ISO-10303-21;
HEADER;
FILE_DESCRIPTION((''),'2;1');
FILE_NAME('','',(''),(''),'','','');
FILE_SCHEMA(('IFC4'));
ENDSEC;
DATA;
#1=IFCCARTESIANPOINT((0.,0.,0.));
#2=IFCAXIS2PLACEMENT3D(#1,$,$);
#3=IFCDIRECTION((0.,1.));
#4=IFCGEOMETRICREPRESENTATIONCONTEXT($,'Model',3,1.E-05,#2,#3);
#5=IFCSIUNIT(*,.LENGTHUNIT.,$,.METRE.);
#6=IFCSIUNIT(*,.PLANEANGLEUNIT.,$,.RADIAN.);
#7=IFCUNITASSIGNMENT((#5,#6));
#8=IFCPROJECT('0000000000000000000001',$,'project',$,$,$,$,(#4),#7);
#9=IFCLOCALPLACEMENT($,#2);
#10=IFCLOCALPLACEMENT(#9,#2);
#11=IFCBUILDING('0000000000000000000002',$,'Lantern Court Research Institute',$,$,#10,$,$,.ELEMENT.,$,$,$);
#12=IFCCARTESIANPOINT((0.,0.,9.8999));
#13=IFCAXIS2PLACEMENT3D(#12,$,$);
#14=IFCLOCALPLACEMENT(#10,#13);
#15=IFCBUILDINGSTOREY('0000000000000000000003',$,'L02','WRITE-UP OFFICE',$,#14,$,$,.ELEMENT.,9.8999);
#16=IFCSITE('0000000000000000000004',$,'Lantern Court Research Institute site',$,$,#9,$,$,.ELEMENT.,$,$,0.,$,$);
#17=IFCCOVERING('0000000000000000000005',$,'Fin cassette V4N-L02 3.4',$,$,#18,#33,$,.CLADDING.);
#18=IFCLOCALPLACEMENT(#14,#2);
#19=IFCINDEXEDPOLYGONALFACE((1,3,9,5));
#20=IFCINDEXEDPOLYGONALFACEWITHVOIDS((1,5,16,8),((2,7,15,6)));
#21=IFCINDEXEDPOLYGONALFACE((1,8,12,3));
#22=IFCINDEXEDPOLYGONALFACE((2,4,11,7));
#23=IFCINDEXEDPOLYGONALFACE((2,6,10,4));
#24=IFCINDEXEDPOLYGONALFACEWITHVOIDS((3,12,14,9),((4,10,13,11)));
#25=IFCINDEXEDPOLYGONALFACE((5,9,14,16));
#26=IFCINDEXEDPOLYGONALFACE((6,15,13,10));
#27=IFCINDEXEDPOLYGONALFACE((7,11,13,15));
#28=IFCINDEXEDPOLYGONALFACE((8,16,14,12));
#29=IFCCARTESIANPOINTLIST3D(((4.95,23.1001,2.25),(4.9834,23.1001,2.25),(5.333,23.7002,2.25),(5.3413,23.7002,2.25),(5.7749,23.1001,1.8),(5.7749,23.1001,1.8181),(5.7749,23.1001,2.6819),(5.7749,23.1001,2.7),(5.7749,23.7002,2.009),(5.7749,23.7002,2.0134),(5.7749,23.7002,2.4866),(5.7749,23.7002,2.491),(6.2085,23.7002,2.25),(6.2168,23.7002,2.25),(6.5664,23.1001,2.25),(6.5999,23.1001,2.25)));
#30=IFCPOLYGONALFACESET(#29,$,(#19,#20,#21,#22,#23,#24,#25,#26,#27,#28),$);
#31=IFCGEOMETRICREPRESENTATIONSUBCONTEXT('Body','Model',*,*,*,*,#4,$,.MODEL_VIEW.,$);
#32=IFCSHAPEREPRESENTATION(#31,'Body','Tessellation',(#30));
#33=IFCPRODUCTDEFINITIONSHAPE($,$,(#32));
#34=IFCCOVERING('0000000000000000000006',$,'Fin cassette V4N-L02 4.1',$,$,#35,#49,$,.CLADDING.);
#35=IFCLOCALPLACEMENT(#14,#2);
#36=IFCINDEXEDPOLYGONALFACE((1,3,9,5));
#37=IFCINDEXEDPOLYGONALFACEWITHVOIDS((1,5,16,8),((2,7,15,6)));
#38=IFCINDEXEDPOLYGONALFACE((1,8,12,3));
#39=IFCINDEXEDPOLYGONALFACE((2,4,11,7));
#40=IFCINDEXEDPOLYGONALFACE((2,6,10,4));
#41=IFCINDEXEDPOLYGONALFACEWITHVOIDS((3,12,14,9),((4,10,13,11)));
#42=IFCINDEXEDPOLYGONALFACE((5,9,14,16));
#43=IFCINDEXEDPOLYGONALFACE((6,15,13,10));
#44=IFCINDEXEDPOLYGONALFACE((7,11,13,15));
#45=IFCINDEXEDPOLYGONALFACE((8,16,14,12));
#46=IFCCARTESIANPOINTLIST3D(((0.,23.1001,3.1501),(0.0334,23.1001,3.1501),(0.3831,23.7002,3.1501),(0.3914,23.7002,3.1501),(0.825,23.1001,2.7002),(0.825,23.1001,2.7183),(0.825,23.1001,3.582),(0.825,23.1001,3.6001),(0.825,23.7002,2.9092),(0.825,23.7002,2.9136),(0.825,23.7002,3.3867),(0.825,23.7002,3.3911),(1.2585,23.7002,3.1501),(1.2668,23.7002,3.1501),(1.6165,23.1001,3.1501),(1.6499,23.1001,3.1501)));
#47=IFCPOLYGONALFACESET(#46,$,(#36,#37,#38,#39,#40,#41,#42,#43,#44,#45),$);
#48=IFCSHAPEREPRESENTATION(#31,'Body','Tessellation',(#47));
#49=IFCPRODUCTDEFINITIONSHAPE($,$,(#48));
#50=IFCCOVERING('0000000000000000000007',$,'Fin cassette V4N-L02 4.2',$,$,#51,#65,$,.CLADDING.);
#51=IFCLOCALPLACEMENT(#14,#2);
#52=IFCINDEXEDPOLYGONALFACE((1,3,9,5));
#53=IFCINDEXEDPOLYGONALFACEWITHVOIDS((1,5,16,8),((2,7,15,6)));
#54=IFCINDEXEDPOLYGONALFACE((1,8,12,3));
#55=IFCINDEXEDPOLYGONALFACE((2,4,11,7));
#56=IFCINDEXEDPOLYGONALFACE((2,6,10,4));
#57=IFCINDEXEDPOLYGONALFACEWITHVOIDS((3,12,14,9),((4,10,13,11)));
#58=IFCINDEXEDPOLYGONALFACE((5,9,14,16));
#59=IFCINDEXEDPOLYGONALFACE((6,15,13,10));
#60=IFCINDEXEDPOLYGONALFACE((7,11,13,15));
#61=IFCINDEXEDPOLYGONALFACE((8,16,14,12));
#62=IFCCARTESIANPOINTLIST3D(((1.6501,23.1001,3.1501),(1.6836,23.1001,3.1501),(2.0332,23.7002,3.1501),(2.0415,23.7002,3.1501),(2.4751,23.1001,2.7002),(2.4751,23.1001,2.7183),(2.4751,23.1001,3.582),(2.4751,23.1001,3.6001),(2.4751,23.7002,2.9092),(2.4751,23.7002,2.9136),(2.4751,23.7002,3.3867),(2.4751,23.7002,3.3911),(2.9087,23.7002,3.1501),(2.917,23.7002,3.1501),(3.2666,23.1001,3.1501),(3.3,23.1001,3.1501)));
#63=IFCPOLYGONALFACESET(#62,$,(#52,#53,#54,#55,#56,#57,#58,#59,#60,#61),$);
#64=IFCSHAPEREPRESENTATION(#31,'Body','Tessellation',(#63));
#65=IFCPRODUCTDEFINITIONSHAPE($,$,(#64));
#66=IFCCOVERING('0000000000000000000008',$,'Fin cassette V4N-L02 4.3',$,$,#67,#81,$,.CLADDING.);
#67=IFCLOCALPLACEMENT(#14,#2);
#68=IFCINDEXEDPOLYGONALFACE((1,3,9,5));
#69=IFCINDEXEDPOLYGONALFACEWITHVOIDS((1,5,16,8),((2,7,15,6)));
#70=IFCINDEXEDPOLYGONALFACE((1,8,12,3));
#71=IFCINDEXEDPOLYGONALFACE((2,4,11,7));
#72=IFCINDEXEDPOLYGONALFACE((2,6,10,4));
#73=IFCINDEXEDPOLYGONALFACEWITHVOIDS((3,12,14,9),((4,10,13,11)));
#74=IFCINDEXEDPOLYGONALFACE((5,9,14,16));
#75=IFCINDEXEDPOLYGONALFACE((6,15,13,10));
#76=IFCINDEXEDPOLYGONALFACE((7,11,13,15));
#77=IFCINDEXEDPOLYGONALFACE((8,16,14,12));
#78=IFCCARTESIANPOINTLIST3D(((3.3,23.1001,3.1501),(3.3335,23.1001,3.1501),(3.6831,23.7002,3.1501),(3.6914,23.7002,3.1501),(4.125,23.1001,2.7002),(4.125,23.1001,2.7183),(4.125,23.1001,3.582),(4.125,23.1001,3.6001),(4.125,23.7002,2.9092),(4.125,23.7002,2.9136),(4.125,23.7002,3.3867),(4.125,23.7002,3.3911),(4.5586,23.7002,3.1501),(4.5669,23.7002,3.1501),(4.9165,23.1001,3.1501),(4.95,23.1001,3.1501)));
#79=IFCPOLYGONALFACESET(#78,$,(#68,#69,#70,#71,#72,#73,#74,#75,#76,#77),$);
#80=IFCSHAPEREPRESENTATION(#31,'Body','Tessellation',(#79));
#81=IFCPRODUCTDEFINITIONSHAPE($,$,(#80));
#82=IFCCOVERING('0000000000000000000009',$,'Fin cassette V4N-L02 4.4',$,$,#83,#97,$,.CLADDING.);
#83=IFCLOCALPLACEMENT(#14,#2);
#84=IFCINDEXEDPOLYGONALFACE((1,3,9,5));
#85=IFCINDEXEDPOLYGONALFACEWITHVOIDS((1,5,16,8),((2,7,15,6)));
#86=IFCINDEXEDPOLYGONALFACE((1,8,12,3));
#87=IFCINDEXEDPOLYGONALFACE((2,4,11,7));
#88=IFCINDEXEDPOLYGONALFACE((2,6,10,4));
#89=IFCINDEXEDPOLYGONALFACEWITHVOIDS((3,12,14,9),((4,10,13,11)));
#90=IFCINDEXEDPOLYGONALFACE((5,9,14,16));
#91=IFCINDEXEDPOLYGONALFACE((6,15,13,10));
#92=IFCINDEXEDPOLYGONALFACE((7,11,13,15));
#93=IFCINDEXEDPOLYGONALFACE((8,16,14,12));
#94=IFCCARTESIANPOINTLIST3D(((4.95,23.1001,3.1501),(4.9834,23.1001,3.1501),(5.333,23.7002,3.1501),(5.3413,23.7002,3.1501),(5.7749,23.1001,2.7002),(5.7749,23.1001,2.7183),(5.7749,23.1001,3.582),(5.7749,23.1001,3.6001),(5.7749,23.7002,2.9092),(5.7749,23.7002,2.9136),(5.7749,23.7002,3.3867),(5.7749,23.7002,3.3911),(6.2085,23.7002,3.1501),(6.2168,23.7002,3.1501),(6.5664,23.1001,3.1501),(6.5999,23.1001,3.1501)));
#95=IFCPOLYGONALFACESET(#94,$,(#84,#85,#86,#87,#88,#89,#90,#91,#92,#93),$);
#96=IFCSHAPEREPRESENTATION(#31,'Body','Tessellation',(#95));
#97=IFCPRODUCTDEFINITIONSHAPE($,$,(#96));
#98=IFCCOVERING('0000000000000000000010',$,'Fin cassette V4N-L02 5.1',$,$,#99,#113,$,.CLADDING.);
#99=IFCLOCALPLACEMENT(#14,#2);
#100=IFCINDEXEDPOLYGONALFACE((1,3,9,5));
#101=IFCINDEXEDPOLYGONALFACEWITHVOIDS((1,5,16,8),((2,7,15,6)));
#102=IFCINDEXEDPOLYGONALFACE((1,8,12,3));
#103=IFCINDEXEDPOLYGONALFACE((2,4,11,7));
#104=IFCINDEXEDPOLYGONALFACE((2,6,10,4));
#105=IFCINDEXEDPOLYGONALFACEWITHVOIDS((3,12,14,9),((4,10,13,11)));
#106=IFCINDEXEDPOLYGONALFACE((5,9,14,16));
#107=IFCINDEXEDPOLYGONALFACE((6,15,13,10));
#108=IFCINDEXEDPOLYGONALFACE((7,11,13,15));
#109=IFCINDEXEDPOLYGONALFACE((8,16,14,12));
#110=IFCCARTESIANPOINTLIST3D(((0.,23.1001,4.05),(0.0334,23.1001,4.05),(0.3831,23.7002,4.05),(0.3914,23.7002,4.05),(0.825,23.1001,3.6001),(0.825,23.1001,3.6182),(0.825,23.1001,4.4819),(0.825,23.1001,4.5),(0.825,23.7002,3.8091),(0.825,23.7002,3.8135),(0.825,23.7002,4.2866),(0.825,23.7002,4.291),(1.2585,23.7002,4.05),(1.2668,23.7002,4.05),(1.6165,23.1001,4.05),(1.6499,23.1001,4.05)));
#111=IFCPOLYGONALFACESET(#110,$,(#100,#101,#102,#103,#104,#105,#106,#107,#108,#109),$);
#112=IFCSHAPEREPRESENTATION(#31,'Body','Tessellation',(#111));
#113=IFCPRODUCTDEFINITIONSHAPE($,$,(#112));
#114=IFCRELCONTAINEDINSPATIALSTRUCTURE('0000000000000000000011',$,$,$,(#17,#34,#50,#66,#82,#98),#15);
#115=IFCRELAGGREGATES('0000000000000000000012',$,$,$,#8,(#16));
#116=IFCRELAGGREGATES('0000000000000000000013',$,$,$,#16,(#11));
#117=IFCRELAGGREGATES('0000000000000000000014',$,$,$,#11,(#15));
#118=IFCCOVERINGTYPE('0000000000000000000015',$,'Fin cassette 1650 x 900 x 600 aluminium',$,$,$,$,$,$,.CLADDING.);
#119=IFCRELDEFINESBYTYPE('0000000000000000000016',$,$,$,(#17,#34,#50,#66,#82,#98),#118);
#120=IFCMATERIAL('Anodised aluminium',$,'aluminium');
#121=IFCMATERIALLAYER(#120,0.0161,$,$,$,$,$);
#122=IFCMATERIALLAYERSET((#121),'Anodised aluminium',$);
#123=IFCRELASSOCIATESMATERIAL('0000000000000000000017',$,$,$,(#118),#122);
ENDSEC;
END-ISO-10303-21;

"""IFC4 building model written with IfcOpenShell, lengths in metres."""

from ifc_helpers import new_model, entity, si_unit, direction, frame, origin, place, context, subcontext, project, spatial, material, layer, layer_set, type_object, element, save


model = new_model("IFC4")

# Units and contexts
model_context = context("Model", 3, precision=1e-05, world=origin(), true_north=direction((0.0, 1.0)))
body_context = subcontext(model_context, "Body", "Model", "MODEL_VIEW")
ifc_project = project(units=[si_unit("LENGTHUNIT", "METRE"), si_unit("PLANEANGLEUNIT", "RADIAN")], contexts=[model_context])

# Site, building, storey
site_placement = place(None, origin())
site = spatial("IfcSite", under=ifc_project, at=site_placement, Name="Lantern Court Research Institute site", CompositionType="ELEMENT", RefElevation=0.0)
building_placement = place(site_placement, origin())
building = spatial("IfcBuilding", under=site, at=building_placement, Name="Lantern Court Research Institute", CompositionType="ELEMENT")
storey_placement = place(building_placement, frame((0.0, 0.0, 9.8999)))
storey = spatial("IfcBuildingStorey", under=building, at=storey_placement, Name="L02", Description="WRITE-UP OFFICE", CompositionType="ELEMENT", Elevation=9.8999)

# Coverings
ifc_material_1 = material(Name="Anodised aluminium", Category="aluminium")
ifc_layer_1 = layer(ifc_material_1, 0.0161)
ifc_layer_set_1 = layer_set([ifc_layer_1], Name="Anodised aluminium")
covering_type = type_object("IfcCoveringType", Name="Fin cassette 1650 x 900 x 600 aluminium", PredefinedType="CLADDING", material=ifc_layer_set_1)
covering_1_placement = place(storey_placement, frame((5.7749, 23.1001, 2.25), z_axis=(0.0, 1.0, 0.0), x_axis=(-1.0, 0.0, 0.0)))
cartesian_point_1 = entity("IfcCartesianPoint", [0.825, 0.0])
cartesian_point_2 = entity("IfcCartesianPoint", [0.7915, 0.0])
cartesian_point_3 = entity("IfcCartesianPoint", [0.4419, 0.0])
cartesian_point_4 = entity("IfcCartesianPoint", [0.4336, 0.0])
element("IfcCovering", 1, at=covering_1_placement, inside=storey, type_object=covering_type, Name="Fin cassette V4N-L02 3.4", PredefinedType="CLADDING", context=body_context, shape_type="SweptSolid", body=[
    entity("IfcExtrudedAreaSolidTapered", entity("IfcArbitraryProfileDefWithVoids", "AREA", None, entity("IfcPolyline", [cartesian_point_1, entity("IfcCartesianPoint", [0.0, 0.45]), entity("IfcCartesianPoint", [-0.825, 0.0]), entity("IfcCartesianPoint", [0.0, -0.45]), cartesian_point_1]), [entity("IfcPolyline", [cartesian_point_2, entity("IfcCartesianPoint", [0.0, 0.4319]), entity("IfcCartesianPoint", [-0.7915, 0.0]), entity("IfcCartesianPoint", [0.0, -0.4319]), cartesian_point_2])]), entity("IfcAxis2Placement3D", entity("IfcCartesianPoint", [0.0, 0.0, 0.0])), entity("IfcDirection", [0.0, 0.0, 1.0]), 0.6001, entity("IfcArbitraryProfileDefWithVoids", "AREA", None, entity("IfcPolyline", [cartesian_point_3, entity("IfcCartesianPoint", [0.0, 0.241]), entity("IfcCartesianPoint", [-0.4419, 0.0]), entity("IfcCartesianPoint", [0.0, -0.241]), cartesian_point_3]), [entity("IfcPolyline", [cartesian_point_4, entity("IfcCartesianPoint", [0.0, 0.2366]), entity("IfcCartesianPoint", [-0.4336, 0.0]), entity("IfcCartesianPoint", [0.0, -0.2366]), cartesian_point_4])])),
])
covering_2_placement = place(storey_placement, frame((0.825, 23.1001, 3.1501), z_axis=(0.0, 1.0, 0.0), x_axis=(-1.0, 0.0, 0.0)))
cartesian_point_5 = entity("IfcCartesianPoint", [0.825, 0.0])
cartesian_point_6 = entity("IfcCartesianPoint", [0.7915, 0.0])
cartesian_point_7 = entity("IfcCartesianPoint", [0.4419, 0.0])
cartesian_point_8 = entity("IfcCartesianPoint", [0.4336, 0.0])
element("IfcCovering", 2, at=covering_2_placement, inside=storey, type_object=covering_type, Name="Fin cassette V4N-L02 4.1", PredefinedType="CLADDING", context=body_context, shape_type="SweptSolid", body=[
    entity("IfcExtrudedAreaSolidTapered", entity("IfcArbitraryProfileDefWithVoids", "AREA", None, entity("IfcPolyline", [cartesian_point_5, entity("IfcCartesianPoint", [0.0, 0.45]), entity("IfcCartesianPoint", [-0.825, 0.0]), entity("IfcCartesianPoint", [0.0, -0.45]), cartesian_point_5]), [entity("IfcPolyline", [cartesian_point_6, entity("IfcCartesianPoint", [0.0, 0.4319]), entity("IfcCartesianPoint", [-0.7915, 0.0]), entity("IfcCartesianPoint", [0.0, -0.4319]), cartesian_point_6])]), entity("IfcAxis2Placement3D", entity("IfcCartesianPoint", [0.0, 0.0, 0.0])), entity("IfcDirection", [0.0, 0.0, 1.0]), 0.6001, entity("IfcArbitraryProfileDefWithVoids", "AREA", None, entity("IfcPolyline", [cartesian_point_7, entity("IfcCartesianPoint", [0.0, 0.241]), entity("IfcCartesianPoint", [-0.4419, 0.0]), entity("IfcCartesianPoint", [0.0, -0.241]), cartesian_point_7]), [entity("IfcPolyline", [cartesian_point_8, entity("IfcCartesianPoint", [0.0, 0.2366]), entity("IfcCartesianPoint", [-0.4336, 0.0]), entity("IfcCartesianPoint", [0.0, -0.2366]), cartesian_point_8])])),
])
covering_3_placement = place(storey_placement, frame((2.4751, 23.1001, 3.1501), z_axis=(0.0, 1.0, 0.0), x_axis=(-1.0, 0.0, 0.0)))
cartesian_point_9 = entity("IfcCartesianPoint", [0.825, 0.0])
cartesian_point_10 = entity("IfcCartesianPoint", [0.7915, 0.0])
cartesian_point_11 = entity("IfcCartesianPoint", [0.4419, 0.0])
cartesian_point_12 = entity("IfcCartesianPoint", [0.4336, 0.0])
element("IfcCovering", 3, at=covering_3_placement, inside=storey, type_object=covering_type, Name="Fin cassette V4N-L02 4.2", PredefinedType="CLADDING", context=body_context, shape_type="SweptSolid", body=[
    entity("IfcExtrudedAreaSolidTapered", entity("IfcArbitraryProfileDefWithVoids", "AREA", None, entity("IfcPolyline", [cartesian_point_9, entity("IfcCartesianPoint", [0.0, 0.45]), entity("IfcCartesianPoint", [-0.825, 0.0]), entity("IfcCartesianPoint", [0.0, -0.45]), cartesian_point_9]), [entity("IfcPolyline", [cartesian_point_10, entity("IfcCartesianPoint", [0.0, 0.4319]), entity("IfcCartesianPoint", [-0.7915, 0.0]), entity("IfcCartesianPoint", [0.0, -0.4319]), cartesian_point_10])]), entity("IfcAxis2Placement3D", entity("IfcCartesianPoint", [0.0, 0.0, 0.0])), entity("IfcDirection", [0.0, 0.0, 1.0]), 0.6001, entity("IfcArbitraryProfileDefWithVoids", "AREA", None, entity("IfcPolyline", [cartesian_point_11, entity("IfcCartesianPoint", [0.0, 0.241]), entity("IfcCartesianPoint", [-0.4419, 0.0]), entity("IfcCartesianPoint", [0.0, -0.241]), cartesian_point_11]), [entity("IfcPolyline", [cartesian_point_12, entity("IfcCartesianPoint", [0.0, 0.2366]), entity("IfcCartesianPoint", [-0.4336, 0.0]), entity("IfcCartesianPoint", [0.0, -0.2366]), cartesian_point_12])])),
])
covering_4_placement = place(storey_placement, frame((4.125, 23.1001, 3.1501), z_axis=(0.0, 1.0, 0.0), x_axis=(-1.0, 0.0, 0.0)))
cartesian_point_13 = entity("IfcCartesianPoint", [0.825, 0.0])
cartesian_point_14 = entity("IfcCartesianPoint", [0.7915, 0.0])
cartesian_point_15 = entity("IfcCartesianPoint", [0.4419, 0.0])
cartesian_point_16 = entity("IfcCartesianPoint", [0.4336, 0.0])
element("IfcCovering", 4, at=covering_4_placement, inside=storey, type_object=covering_type, Name="Fin cassette V4N-L02 4.3", PredefinedType="CLADDING", context=body_context, shape_type="SweptSolid", body=[
    entity("IfcExtrudedAreaSolidTapered", entity("IfcArbitraryProfileDefWithVoids", "AREA", None, entity("IfcPolyline", [cartesian_point_13, entity("IfcCartesianPoint", [0.0, 0.45]), entity("IfcCartesianPoint", [-0.825, 0.0]), entity("IfcCartesianPoint", [0.0, -0.45]), cartesian_point_13]), [entity("IfcPolyline", [cartesian_point_14, entity("IfcCartesianPoint", [0.0, 0.4319]), entity("IfcCartesianPoint", [-0.7915, 0.0]), entity("IfcCartesianPoint", [0.0, -0.4319]), cartesian_point_14])]), entity("IfcAxis2Placement3D", entity("IfcCartesianPoint", [0.0, 0.0, 0.0])), entity("IfcDirection", [0.0, 0.0, 1.0]), 0.6001, entity("IfcArbitraryProfileDefWithVoids", "AREA", None, entity("IfcPolyline", [cartesian_point_15, entity("IfcCartesianPoint", [0.0, 0.241]), entity("IfcCartesianPoint", [-0.4419, 0.0]), entity("IfcCartesianPoint", [0.0, -0.241]), cartesian_point_15]), [entity("IfcPolyline", [cartesian_point_16, entity("IfcCartesianPoint", [0.0, 0.2366]), entity("IfcCartesianPoint", [-0.4336, 0.0]), entity("IfcCartesianPoint", [0.0, -0.2366]), cartesian_point_16])])),
])
covering_5_placement = place(storey_placement, frame((5.7749, 23.1001, 3.1501), z_axis=(0.0, 1.0, 0.0), x_axis=(-1.0, 0.0, 0.0)))
cartesian_point_17 = entity("IfcCartesianPoint", [0.825, 0.0])
cartesian_point_18 = entity("IfcCartesianPoint", [0.7915, 0.0])
cartesian_point_19 = entity("IfcCartesianPoint", [0.4419, 0.0])
cartesian_point_20 = entity("IfcCartesianPoint", [0.4336, 0.0])
element("IfcCovering", 5, at=covering_5_placement, inside=storey, type_object=covering_type, Name="Fin cassette V4N-L02 4.4", PredefinedType="CLADDING", context=body_context, shape_type="SweptSolid", body=[
    entity("IfcExtrudedAreaSolidTapered", entity("IfcArbitraryProfileDefWithVoids", "AREA", None, entity("IfcPolyline", [cartesian_point_17, entity("IfcCartesianPoint", [0.0, 0.45]), entity("IfcCartesianPoint", [-0.825, 0.0]), entity("IfcCartesianPoint", [0.0, -0.45]), cartesian_point_17]), [entity("IfcPolyline", [cartesian_point_18, entity("IfcCartesianPoint", [0.0, 0.4319]), entity("IfcCartesianPoint", [-0.7915, 0.0]), entity("IfcCartesianPoint", [0.0, -0.4319]), cartesian_point_18])]), entity("IfcAxis2Placement3D", entity("IfcCartesianPoint", [0.0, 0.0, 0.0])), entity("IfcDirection", [0.0, 0.0, 1.0]), 0.6001, entity("IfcArbitraryProfileDefWithVoids", "AREA", None, entity("IfcPolyline", [cartesian_point_19, entity("IfcCartesianPoint", [0.0, 0.241]), entity("IfcCartesianPoint", [-0.4419, 0.0]), entity("IfcCartesianPoint", [0.0, -0.241]), cartesian_point_19]), [entity("IfcPolyline", [cartesian_point_20, entity("IfcCartesianPoint", [0.0, 0.2366]), entity("IfcCartesianPoint", [-0.4336, 0.0]), entity("IfcCartesianPoint", [0.0, -0.2366]), cartesian_point_20])])),
])
covering_6_placement = place(storey_placement, frame((0.825, 23.1001, 4.05), z_axis=(0.0, 1.0, 0.0), x_axis=(-1.0, 0.0, 0.0)))
cartesian_point_21 = entity("IfcCartesianPoint", [0.825, 0.0])
cartesian_point_22 = entity("IfcCartesianPoint", [0.7915, 0.0])
cartesian_point_23 = entity("IfcCartesianPoint", [0.4419, 0.0])
cartesian_point_24 = entity("IfcCartesianPoint", [0.4336, 0.0])
element("IfcCovering", 6, at=covering_6_placement, inside=storey, type_object=covering_type, Name="Fin cassette V4N-L02 5.1", PredefinedType="CLADDING", context=body_context, shape_type="SweptSolid", body=[
    entity("IfcExtrudedAreaSolidTapered", entity("IfcArbitraryProfileDefWithVoids", "AREA", None, entity("IfcPolyline", [cartesian_point_21, entity("IfcCartesianPoint", [0.0, 0.45]), entity("IfcCartesianPoint", [-0.825, 0.0]), entity("IfcCartesianPoint", [0.0, -0.45]), cartesian_point_21]), [entity("IfcPolyline", [cartesian_point_22, entity("IfcCartesianPoint", [0.0, 0.4319]), entity("IfcCartesianPoint", [-0.7915, 0.0]), entity("IfcCartesianPoint", [0.0, -0.4319]), cartesian_point_22])]), entity("IfcAxis2Placement3D", entity("IfcCartesianPoint", [0.0, 0.0, 0.0])), entity("IfcDirection", [0.0, 0.0, 1.0]), 0.6001, entity("IfcArbitraryProfileDefWithVoids", "AREA", None, entity("IfcPolyline", [cartesian_point_23, entity("IfcCartesianPoint", [0.0, 0.241]), entity("IfcCartesianPoint", [-0.4419, 0.0]), entity("IfcCartesianPoint", [0.0, -0.241]), cartesian_point_23]), [entity("IfcPolyline", [cartesian_point_24, entity("IfcCartesianPoint", [0.0, 0.2366]), entity("IfcCartesianPoint", [-0.4336, 0.0]), entity("IfcCartesianPoint", [0.0, -0.2366]), cartesian_point_24])])),
])

save(model, "model.ifc")
